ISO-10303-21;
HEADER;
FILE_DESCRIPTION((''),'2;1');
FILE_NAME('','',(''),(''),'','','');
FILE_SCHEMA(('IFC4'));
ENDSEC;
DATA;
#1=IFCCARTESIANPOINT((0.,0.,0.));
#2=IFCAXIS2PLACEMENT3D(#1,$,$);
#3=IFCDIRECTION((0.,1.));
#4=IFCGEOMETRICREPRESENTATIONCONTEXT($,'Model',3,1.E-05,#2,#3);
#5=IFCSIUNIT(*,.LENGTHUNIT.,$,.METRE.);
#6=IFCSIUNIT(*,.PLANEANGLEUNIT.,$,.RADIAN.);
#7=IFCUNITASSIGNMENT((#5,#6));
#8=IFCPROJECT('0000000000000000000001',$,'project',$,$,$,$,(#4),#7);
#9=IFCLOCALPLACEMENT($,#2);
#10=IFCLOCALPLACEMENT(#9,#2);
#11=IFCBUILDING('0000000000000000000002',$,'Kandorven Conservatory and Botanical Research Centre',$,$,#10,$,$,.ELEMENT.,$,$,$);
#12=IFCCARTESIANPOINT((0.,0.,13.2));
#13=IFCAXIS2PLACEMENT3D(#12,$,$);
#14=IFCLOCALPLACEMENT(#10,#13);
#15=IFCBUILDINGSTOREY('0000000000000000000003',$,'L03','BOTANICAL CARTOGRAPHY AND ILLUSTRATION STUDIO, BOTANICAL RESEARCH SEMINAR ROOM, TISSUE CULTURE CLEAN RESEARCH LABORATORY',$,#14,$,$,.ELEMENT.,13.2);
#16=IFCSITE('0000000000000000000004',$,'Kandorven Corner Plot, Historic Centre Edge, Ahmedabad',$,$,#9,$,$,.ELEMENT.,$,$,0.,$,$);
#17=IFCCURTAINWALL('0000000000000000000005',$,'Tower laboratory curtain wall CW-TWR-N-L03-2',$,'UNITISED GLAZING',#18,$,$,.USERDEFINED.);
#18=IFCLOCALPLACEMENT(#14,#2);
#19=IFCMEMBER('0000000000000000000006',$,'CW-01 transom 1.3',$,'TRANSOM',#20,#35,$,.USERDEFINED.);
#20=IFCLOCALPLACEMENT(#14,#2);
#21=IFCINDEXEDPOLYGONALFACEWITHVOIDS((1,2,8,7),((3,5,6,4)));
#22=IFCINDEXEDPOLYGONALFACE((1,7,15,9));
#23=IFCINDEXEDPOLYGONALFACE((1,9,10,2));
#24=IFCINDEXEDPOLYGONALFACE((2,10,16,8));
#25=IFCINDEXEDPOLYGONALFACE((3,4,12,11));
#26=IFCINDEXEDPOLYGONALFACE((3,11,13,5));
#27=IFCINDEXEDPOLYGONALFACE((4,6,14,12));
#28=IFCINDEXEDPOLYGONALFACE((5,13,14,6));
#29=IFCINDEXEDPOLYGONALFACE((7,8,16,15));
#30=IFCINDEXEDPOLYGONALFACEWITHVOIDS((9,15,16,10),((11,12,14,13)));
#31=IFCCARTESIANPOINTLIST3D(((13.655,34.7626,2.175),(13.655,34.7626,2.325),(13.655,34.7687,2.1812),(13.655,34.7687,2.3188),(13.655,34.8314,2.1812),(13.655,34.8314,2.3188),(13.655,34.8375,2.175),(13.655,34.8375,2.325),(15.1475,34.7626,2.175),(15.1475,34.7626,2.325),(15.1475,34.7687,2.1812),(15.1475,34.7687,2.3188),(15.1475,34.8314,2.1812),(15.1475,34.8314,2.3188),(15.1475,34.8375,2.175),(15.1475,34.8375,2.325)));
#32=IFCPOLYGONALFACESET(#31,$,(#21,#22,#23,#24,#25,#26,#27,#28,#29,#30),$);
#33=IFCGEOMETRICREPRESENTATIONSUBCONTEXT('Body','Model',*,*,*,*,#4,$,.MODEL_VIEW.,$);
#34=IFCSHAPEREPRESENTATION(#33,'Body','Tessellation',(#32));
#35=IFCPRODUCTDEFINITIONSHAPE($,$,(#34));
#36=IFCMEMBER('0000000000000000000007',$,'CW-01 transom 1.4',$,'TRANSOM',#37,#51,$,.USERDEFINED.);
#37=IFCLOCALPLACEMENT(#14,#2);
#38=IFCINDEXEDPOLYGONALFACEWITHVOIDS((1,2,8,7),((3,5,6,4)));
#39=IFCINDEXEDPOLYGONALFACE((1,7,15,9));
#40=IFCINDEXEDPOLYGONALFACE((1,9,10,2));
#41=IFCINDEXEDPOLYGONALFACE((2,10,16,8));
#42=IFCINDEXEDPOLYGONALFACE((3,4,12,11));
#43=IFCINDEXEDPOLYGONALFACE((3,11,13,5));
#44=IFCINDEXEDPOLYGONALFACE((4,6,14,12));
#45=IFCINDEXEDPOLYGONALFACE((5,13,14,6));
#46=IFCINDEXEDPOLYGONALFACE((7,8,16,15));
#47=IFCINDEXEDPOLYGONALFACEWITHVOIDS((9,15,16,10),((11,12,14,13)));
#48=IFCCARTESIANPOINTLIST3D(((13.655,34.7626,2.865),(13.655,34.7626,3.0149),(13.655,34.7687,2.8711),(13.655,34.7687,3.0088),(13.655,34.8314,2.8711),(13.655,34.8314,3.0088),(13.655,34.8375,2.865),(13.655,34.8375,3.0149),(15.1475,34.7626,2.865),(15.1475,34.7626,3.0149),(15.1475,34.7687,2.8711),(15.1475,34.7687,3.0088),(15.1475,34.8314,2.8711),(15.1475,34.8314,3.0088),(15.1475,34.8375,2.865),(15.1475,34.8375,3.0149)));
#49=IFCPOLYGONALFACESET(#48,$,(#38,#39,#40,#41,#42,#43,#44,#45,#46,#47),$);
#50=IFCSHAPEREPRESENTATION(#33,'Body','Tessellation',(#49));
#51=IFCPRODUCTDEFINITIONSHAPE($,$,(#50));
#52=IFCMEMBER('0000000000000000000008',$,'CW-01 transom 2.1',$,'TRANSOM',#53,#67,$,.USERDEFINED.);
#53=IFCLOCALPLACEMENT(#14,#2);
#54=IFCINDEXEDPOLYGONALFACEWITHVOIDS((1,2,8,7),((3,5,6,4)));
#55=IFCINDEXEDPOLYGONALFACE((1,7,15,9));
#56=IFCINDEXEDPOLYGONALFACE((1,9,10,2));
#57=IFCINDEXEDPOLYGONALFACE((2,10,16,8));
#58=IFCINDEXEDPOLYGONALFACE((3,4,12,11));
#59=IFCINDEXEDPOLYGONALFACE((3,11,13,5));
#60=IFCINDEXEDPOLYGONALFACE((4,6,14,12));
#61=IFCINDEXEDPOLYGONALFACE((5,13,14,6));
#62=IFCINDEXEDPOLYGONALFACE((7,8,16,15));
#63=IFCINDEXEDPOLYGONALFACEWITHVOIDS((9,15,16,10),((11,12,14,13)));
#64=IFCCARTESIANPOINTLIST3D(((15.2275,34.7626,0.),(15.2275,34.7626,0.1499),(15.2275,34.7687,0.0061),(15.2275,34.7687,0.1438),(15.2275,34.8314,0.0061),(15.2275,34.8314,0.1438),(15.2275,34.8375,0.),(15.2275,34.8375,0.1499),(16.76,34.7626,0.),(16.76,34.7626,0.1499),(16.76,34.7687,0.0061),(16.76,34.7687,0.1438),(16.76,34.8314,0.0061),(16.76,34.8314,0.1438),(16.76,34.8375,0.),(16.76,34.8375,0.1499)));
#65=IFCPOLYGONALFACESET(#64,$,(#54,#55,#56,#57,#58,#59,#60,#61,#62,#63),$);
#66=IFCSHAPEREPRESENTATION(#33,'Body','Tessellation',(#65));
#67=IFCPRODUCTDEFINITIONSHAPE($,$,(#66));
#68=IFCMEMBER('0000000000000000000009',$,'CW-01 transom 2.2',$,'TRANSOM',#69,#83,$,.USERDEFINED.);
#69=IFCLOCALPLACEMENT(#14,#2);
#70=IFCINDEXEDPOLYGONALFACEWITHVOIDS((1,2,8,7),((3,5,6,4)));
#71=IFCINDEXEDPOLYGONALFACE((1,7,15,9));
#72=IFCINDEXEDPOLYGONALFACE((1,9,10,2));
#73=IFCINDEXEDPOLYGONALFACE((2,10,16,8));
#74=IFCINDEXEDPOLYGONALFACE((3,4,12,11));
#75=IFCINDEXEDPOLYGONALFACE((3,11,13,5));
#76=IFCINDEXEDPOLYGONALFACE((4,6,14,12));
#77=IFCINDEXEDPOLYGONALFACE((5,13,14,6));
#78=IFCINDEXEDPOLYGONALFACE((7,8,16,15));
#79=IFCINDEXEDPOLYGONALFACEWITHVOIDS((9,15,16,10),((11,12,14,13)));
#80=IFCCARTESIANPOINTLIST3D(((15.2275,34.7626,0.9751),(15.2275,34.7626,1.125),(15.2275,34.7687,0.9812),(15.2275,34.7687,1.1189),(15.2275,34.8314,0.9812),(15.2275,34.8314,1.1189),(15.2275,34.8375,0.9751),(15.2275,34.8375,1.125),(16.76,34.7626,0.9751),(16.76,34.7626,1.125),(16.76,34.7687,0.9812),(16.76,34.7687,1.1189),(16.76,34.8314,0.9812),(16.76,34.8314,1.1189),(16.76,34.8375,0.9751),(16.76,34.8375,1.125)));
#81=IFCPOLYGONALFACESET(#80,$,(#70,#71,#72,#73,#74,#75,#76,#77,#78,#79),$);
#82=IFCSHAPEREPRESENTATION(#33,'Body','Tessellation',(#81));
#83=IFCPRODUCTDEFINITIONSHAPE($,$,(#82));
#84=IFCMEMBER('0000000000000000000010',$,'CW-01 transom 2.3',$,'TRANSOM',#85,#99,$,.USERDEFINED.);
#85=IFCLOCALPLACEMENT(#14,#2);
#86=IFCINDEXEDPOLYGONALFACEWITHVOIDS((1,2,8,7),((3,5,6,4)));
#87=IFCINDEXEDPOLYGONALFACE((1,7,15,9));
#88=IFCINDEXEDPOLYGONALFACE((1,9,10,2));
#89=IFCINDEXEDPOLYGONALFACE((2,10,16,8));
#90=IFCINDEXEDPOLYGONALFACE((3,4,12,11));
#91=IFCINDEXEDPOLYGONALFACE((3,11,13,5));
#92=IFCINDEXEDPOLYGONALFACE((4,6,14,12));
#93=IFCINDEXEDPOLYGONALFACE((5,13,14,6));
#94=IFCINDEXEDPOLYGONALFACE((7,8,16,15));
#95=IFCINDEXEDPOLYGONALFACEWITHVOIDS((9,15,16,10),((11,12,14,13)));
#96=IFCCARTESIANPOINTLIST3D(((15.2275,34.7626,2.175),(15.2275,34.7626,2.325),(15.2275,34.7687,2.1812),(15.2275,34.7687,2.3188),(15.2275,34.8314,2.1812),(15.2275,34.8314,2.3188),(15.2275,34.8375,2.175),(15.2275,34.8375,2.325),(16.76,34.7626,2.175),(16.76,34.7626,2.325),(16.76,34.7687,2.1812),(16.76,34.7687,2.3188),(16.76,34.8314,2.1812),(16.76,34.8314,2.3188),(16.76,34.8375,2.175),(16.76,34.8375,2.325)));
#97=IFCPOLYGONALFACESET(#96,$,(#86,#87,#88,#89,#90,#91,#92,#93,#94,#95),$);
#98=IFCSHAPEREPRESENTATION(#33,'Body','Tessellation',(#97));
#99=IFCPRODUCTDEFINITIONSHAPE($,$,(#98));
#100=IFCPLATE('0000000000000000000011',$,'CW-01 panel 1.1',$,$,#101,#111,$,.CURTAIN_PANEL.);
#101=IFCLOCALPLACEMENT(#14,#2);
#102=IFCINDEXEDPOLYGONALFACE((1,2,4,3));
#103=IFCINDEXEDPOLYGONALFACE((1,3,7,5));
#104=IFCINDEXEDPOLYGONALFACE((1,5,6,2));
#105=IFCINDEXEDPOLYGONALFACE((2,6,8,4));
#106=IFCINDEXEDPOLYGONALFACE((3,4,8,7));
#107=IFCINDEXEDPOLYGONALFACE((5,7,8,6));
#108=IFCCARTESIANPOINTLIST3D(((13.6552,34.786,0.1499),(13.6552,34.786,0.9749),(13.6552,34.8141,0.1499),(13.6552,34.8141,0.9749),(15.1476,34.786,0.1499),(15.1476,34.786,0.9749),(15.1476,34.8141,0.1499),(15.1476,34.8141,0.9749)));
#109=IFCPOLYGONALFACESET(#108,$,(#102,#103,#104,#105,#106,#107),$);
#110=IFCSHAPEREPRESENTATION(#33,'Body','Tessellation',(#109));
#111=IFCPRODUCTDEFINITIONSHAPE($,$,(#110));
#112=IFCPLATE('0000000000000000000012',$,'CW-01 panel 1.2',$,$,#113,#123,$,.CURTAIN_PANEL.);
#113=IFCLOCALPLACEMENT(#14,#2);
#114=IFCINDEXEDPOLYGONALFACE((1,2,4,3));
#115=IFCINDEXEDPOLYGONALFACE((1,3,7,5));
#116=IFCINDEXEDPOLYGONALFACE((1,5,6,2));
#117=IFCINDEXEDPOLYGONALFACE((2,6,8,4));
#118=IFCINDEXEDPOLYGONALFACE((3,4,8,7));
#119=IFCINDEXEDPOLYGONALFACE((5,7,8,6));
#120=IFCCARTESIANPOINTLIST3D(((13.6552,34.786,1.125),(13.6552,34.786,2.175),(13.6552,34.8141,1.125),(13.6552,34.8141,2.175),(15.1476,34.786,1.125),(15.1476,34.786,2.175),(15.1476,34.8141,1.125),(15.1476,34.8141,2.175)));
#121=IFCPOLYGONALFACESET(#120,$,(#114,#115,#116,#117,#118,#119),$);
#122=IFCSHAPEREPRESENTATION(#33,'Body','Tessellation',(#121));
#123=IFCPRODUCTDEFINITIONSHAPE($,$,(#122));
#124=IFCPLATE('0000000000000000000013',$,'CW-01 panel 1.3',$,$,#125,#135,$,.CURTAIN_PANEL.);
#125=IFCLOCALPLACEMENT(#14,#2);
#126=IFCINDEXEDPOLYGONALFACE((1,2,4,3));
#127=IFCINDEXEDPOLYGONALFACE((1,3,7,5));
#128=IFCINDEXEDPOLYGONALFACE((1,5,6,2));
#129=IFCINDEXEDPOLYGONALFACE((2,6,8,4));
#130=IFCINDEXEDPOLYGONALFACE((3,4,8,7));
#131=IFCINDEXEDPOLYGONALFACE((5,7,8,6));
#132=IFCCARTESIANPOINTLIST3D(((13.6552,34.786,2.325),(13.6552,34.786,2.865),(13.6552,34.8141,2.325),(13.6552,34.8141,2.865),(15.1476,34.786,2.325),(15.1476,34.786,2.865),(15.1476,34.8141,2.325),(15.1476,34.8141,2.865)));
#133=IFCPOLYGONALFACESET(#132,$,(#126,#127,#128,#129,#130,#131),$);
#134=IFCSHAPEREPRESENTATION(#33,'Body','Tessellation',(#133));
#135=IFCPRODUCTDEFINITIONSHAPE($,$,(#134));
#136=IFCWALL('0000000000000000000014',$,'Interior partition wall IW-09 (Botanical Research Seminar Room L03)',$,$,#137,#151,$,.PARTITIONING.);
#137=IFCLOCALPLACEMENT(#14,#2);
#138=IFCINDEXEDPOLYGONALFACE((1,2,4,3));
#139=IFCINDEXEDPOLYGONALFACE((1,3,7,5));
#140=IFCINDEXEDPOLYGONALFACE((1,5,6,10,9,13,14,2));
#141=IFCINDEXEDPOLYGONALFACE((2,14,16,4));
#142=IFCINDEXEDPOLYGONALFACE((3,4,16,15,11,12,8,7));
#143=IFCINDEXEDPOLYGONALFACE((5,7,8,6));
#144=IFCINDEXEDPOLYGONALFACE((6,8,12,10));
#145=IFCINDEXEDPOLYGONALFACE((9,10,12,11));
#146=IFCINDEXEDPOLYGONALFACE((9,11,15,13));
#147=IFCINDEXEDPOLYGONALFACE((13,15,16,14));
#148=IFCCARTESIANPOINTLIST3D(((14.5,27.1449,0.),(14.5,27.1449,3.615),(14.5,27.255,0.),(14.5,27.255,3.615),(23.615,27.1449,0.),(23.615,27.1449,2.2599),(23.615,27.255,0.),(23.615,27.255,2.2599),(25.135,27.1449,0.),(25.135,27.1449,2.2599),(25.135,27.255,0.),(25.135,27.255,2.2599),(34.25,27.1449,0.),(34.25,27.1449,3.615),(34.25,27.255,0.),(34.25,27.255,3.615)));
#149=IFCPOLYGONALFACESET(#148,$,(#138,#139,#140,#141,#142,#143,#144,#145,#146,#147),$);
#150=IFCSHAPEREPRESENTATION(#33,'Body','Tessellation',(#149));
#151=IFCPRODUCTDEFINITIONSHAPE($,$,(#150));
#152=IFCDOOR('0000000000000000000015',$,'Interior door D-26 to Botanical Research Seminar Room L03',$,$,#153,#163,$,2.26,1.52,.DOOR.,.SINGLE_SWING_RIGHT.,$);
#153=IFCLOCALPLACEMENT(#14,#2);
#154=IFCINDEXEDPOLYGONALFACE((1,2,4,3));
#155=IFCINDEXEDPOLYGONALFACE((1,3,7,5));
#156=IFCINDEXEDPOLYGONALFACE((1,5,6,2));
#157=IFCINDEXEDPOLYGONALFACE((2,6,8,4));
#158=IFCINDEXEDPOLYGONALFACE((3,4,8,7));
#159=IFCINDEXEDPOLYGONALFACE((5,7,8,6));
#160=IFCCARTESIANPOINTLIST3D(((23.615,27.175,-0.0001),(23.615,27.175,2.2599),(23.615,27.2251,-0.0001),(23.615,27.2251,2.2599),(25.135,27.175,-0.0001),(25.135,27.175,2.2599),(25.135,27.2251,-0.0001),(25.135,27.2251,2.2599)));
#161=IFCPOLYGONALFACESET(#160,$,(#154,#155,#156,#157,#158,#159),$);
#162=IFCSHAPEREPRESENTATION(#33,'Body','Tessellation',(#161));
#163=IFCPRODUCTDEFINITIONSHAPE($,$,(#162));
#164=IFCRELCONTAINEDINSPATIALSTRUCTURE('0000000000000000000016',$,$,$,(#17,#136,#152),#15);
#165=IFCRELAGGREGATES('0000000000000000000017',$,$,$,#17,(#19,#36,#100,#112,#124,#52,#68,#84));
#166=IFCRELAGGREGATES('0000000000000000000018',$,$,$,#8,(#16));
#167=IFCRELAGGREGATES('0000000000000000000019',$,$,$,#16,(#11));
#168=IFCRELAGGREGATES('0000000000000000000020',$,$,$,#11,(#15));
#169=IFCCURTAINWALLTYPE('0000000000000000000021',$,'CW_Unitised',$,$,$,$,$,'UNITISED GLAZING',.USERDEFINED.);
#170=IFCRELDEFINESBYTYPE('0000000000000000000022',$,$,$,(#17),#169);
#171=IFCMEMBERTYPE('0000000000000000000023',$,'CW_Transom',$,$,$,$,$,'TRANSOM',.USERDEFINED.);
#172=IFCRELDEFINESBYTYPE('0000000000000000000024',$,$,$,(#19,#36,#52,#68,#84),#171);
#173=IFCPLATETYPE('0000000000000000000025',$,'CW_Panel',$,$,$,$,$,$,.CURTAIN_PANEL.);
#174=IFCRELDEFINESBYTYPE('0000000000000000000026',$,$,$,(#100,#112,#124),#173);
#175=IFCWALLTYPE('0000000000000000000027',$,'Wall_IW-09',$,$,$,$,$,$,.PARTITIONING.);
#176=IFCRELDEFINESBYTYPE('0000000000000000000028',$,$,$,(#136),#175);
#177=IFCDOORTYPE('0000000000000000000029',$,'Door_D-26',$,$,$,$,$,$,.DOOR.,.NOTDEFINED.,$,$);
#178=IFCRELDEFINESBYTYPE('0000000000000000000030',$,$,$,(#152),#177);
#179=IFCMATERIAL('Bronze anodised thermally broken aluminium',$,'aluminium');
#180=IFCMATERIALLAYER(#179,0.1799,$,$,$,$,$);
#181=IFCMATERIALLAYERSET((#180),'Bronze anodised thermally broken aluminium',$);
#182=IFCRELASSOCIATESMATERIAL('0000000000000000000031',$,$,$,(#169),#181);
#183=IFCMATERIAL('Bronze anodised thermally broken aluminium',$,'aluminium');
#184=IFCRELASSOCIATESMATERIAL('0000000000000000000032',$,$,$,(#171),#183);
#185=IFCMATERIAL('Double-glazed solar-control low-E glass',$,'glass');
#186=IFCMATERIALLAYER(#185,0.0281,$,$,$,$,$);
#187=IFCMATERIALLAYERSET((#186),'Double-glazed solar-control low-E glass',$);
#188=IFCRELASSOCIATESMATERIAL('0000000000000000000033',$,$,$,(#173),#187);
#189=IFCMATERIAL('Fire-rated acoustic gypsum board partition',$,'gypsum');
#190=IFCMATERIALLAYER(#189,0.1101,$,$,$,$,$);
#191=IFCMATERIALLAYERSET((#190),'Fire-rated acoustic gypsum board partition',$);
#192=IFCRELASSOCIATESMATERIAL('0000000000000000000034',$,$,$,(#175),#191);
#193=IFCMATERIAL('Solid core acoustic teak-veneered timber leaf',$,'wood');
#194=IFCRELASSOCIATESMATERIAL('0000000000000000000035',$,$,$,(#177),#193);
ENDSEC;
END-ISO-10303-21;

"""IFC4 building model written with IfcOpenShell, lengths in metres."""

from ifc_helpers import new_model, si_unit, direction, frame, frame_2d, origin, origin_2d, place, context, subcontext, project, spatial, rectangle, hollow_rectangle, extrude, material, layer, layer_set, material_profile, profile_set, type_object, element, fill, aggregate, save


model = new_model("IFC4")

# Units and contexts
model_context = context("Model", 3, precision=1e-05, world=origin(), true_north=direction((0.0, 1.0)))
body_context = subcontext(model_context, "Body", "Model", "MODEL_VIEW")
ifc_project = project(units=[si_unit("LENGTHUNIT", "METRE"), si_unit("PLANEANGLEUNIT", "RADIAN")], contexts=[model_context])

# Site, building, storey
site_placement = place(None, origin())
site = spatial("IfcSite", under=ifc_project, at=site_placement, Name="Kandorven Corner Plot, Historic Centre Edge, Ahmedabad", CompositionType="ELEMENT", RefElevation=0.0)
building_placement = place(site_placement, origin())
building = spatial("IfcBuilding", under=site, at=building_placement, Name="Kandorven Conservatory and Botanical Research Centre", CompositionType="ELEMENT")
storey_placement = place(building_placement, frame((0.0, 0.0, 13.2)))
storey = spatial("IfcBuildingStorey", under=building, at=storey_placement, Name="L03", Description="BOTANICAL CARTOGRAPHY AND ILLUSTRATION STUDIO, BOTANICAL RESEARCH SEMINAR ROOM, TISSUE CULTURE CLEAN RESEARCH LABORATORY", CompositionType="ELEMENT", Elevation=13.2)

# Curtain wall, members, plates
ifc_material_1 = material(Name="Bronze anodised thermally broken aluminium", Category="aluminium")
ifc_layer_1 = layer(ifc_material_1, 0.1799)
ifc_layer_set_1 = layer_set([ifc_layer_1], Name="Bronze anodised thermally broken aluminium")
curtain_wall_type = type_object("IfcCurtainWallType", Name="CW_Unitised", ElementType="UNITISED GLAZING", PredefinedType="USERDEFINED", material=ifc_layer_set_1)
curtain_wall_placement = place(storey_placement, origin())
curtain_wall = element("IfcCurtainWall", 1, at=curtain_wall_placement, inside=storey, type_object=curtain_wall_type, Name="Tower laboratory curtain wall CW-TWR-N-L03-2", ObjectType="UNITISED GLAZING", PredefinedType="USERDEFINED")
ifc_material_2 = material(Name="Bronze anodised thermally broken aluminium", Category="aluminium")
ifc_material_profile_1 = material_profile(ifc_material_2, hollow_rectangle(XDim=0.075, YDim=0.1499, WallThickness=0.0061, at=origin_2d()))
ifc_profile_set_1 = profile_set([ifc_material_profile_1], Name="Bronze anodised thermally broken aluminium")
member_type_1 = type_object("IfcMemberType", Name="CW_Transom", ElementType="TRANSOM", PredefinedType="USERDEFINED", material=ifc_profile_set_1)
member_1_placement = place(storey_placement, frame((13.655, 34.8, 2.25), z_axis=(1.0, 0.0, 0.0), x_axis=(0.0, 1.0, 0.0)))
member_1 = element("IfcMember", 2, at=member_1_placement, type_object=member_type_1, Name="CW-01 transom 1.3", ObjectType="TRANSOM", PredefinedType="USERDEFINED", context=body_context, shape_type="SweptSolid", body=[
    extrude(hollow_rectangle(XDim=0.075, YDim=0.1499, WallThickness=0.0061, at=origin_2d()), origin(), (0.0, 0.0, 1.0), 1.4924),
])
member_2_placement = place(storey_placement, frame((13.655, 34.8, 2.9399), z_axis=(1.0, 0.0, 0.0), x_axis=(0.0, 1.0, 0.0)))
member_2 = element("IfcMember", 3, at=member_2_placement, type_object=member_type_1, Name="CW-01 transom 1.4", ObjectType="TRANSOM", PredefinedType="USERDEFINED", context=body_context, shape_type="SweptSolid", body=[
    extrude(hollow_rectangle(XDim=0.075, YDim=0.1499, WallThickness=0.0061, at=origin_2d()), origin(), (0.0, 0.0, 1.0), 1.4924),
])
member_3_placement = place(storey_placement, frame((15.2275, 34.8, 0.075), z_axis=(1.0, 0.0, 0.0), x_axis=(0.0, 1.0, 0.0)))
member_3 = element("IfcMember", 4, at=member_3_placement, type_object=member_type_1, Name="CW-01 transom 2.1", ObjectType="TRANSOM", PredefinedType="USERDEFINED", context=body_context, shape_type="SweptSolid", body=[
    extrude(hollow_rectangle(XDim=0.075, YDim=0.1499, WallThickness=0.0061, at=origin_2d()), origin(), (0.0, 0.0, 1.0), 1.5325),
])
member_4_placement = place(storey_placement, frame((15.2275, 34.8, 1.05), z_axis=(1.0, 0.0, 0.0), x_axis=(0.0, 1.0, 0.0)))
member_4 = element("IfcMember", 5, at=member_4_placement, type_object=member_type_1, Name="CW-01 transom 2.2", ObjectType="TRANSOM", PredefinedType="USERDEFINED", context=body_context, shape_type="SweptSolid", body=[
    extrude(hollow_rectangle(XDim=0.075, YDim=0.1499, WallThickness=0.0061, at=origin_2d()), origin(), (0.0, 0.0, 1.0), 1.5325),
])
member_5_placement = place(storey_placement, frame((15.2275, 34.8, 2.25), z_axis=(1.0, 0.0, 0.0), x_axis=(0.0, 1.0, 0.0)))
member_5 = element("IfcMember", 6, at=member_5_placement, type_object=member_type_1, Name="CW-01 transom 2.3", ObjectType="TRANSOM", PredefinedType="USERDEFINED", context=body_context, shape_type="SweptSolid", body=[
    extrude(hollow_rectangle(XDim=0.075, YDim=0.1499, WallThickness=0.0061, at=origin_2d()), origin(), (0.0, 0.0, 1.0), 1.5325),
])
ifc_material_3 = material(Name="Double-glazed solar-control low-E glass", Category="glass")
ifc_layer_2 = layer(ifc_material_3, 0.0281)
ifc_layer_set_2 = layer_set([ifc_layer_2], Name="Double-glazed solar-control low-E glass")
plate_type = type_object("IfcPlateType", Name="CW_Panel", PredefinedType="CURTAIN_PANEL", material=ifc_layer_set_2)
plate_1_placement = place(storey_placement, frame((14.4014, 34.8, 0.1499), z_axis=(0.0, 0.0, 1.0), x_axis=(1.0, 0.0, 0.0)))
plate_1 = element("IfcPlate", 7, at=plate_1_placement, type_object=plate_type, Name="CW-01 panel 1.1", PredefinedType="CURTAIN_PANEL", context=body_context, shape_type="SweptSolid", body=[
    extrude(rectangle(XDim=1.4924, YDim=0.0281, at=origin_2d()), origin(), (0.0, 0.0, 1.0), 0.825),
])
plate_2_placement = place(storey_placement, frame((14.4014, 34.8, 1.125), z_axis=(0.0, 0.0, 1.0), x_axis=(1.0, 0.0, 0.0)))
plate_2 = element("IfcPlate", 8, at=plate_2_placement, type_object=plate_type, Name="CW-01 panel 1.2", PredefinedType="CURTAIN_PANEL", context=body_context, shape_type="SweptSolid", body=[
    extrude(rectangle(XDim=1.4924, YDim=0.0281, at=origin_2d()), origin(), (0.0, 0.0, 1.0), 1.05),
])
plate_3_placement = place(storey_placement, frame((14.4014, 34.8, 2.325), z_axis=(0.0, 0.0, 1.0), x_axis=(1.0, 0.0, 0.0)))
plate_3 = element("IfcPlate", 9, at=plate_3_placement, type_object=plate_type, Name="CW-01 panel 1.3", PredefinedType="CURTAIN_PANEL", context=body_context, shape_type="SweptSolid", body=[
    extrude(rectangle(XDim=1.4924, YDim=0.0281, at=origin_2d()), origin(), (0.0, 0.0, 1.0), 0.54),
])
aggregate(curtain_wall, [member_1, member_2, plate_1, plate_2, plate_3, member_3, member_4, member_5])

# Wall, opening, door
ifc_material_4 = material(Name="Fire-rated acoustic gypsum board partition", Category="gypsum")
ifc_layer_3 = layer(ifc_material_4, 0.1101)
ifc_layer_set_3 = layer_set([ifc_layer_3], Name="Fire-rated acoustic gypsum board partition")
wall_type = type_object("IfcWallType", Name="Wall_IW-09", PredefinedType="PARTITIONING", material=ifc_layer_set_3)
wall_placement = place(storey_placement, frame((14.5, 27.2, 0.0), z_axis=(0.0, 0.0, 1.0), x_axis=(1.0, 0.0, 0.0)))
wall = element("IfcWall", 10, at=wall_placement, inside=storey, type_object=wall_type, Name="Interior partition wall IW-09 (Botanical Research Seminar Room L03)", PredefinedType="PARTITIONING", context=body_context, shape_type="SweptSolid", body=[
    extrude(rectangle(XDim=19.75, YDim=0.1101, at=frame_2d((9.875, 0.0))), origin(), (0.0, 0.0, 1.0), 3.615),
])
opening_placement = place(wall_placement, frame((9.115, 0.0, 0.0)))
opening = element("IfcOpeningElement", 11, at=opening_placement, cuts=wall, PredefinedType="OPENING", context=body_context, shape_type="SweptSolid", body=[
    extrude(rectangle(XDim=1.52, YDim=2.26, at=frame_2d((0.76, 1.1299))), frame((0.0, 0.0649, 0.0), z_axis=(0.0, -1.0, 0.0), x_axis=(1.0, 0.0, 0.0)), (0.0, 0.0, 1.0), 0.1301),
])
ifc_material_5 = material(Name="Solid core acoustic teak-veneered timber leaf", Category="wood")
door_type = type_object("IfcDoorType", Name="Door_D-26", OperationType="NOTDEFINED", PredefinedType="DOOR", material=ifc_material_5)
door_placement = place(opening_placement, frame((1.52, 0.0, 0.0), z_axis=(0.0, 0.0, 1.0), x_axis=(-1.0, 0.0, 0.0)))
door = element("IfcDoor", 12, at=door_placement, inside=storey, type_object=door_type, Name="Interior door D-26 to Botanical Research Seminar Room L03", OperationType="SINGLE_SWING_RIGHT", OverallHeight=2.26, OverallWidth=1.52, PredefinedType="DOOR", context=body_context, shape_type="SweptSolid", body=[
    extrude(rectangle(XDim=1.52, YDim=2.26, at=frame_2d((0.76, 1.1299))), frame((0.0, 0.0249, 0.0), z_axis=(0.0, -1.0, 0.0), x_axis=(1.0, 0.0, 0.0)), (0.0, 0.0, 1.0), 0.05),
])
fill(opening, door)

save(model, "model.ifc")
